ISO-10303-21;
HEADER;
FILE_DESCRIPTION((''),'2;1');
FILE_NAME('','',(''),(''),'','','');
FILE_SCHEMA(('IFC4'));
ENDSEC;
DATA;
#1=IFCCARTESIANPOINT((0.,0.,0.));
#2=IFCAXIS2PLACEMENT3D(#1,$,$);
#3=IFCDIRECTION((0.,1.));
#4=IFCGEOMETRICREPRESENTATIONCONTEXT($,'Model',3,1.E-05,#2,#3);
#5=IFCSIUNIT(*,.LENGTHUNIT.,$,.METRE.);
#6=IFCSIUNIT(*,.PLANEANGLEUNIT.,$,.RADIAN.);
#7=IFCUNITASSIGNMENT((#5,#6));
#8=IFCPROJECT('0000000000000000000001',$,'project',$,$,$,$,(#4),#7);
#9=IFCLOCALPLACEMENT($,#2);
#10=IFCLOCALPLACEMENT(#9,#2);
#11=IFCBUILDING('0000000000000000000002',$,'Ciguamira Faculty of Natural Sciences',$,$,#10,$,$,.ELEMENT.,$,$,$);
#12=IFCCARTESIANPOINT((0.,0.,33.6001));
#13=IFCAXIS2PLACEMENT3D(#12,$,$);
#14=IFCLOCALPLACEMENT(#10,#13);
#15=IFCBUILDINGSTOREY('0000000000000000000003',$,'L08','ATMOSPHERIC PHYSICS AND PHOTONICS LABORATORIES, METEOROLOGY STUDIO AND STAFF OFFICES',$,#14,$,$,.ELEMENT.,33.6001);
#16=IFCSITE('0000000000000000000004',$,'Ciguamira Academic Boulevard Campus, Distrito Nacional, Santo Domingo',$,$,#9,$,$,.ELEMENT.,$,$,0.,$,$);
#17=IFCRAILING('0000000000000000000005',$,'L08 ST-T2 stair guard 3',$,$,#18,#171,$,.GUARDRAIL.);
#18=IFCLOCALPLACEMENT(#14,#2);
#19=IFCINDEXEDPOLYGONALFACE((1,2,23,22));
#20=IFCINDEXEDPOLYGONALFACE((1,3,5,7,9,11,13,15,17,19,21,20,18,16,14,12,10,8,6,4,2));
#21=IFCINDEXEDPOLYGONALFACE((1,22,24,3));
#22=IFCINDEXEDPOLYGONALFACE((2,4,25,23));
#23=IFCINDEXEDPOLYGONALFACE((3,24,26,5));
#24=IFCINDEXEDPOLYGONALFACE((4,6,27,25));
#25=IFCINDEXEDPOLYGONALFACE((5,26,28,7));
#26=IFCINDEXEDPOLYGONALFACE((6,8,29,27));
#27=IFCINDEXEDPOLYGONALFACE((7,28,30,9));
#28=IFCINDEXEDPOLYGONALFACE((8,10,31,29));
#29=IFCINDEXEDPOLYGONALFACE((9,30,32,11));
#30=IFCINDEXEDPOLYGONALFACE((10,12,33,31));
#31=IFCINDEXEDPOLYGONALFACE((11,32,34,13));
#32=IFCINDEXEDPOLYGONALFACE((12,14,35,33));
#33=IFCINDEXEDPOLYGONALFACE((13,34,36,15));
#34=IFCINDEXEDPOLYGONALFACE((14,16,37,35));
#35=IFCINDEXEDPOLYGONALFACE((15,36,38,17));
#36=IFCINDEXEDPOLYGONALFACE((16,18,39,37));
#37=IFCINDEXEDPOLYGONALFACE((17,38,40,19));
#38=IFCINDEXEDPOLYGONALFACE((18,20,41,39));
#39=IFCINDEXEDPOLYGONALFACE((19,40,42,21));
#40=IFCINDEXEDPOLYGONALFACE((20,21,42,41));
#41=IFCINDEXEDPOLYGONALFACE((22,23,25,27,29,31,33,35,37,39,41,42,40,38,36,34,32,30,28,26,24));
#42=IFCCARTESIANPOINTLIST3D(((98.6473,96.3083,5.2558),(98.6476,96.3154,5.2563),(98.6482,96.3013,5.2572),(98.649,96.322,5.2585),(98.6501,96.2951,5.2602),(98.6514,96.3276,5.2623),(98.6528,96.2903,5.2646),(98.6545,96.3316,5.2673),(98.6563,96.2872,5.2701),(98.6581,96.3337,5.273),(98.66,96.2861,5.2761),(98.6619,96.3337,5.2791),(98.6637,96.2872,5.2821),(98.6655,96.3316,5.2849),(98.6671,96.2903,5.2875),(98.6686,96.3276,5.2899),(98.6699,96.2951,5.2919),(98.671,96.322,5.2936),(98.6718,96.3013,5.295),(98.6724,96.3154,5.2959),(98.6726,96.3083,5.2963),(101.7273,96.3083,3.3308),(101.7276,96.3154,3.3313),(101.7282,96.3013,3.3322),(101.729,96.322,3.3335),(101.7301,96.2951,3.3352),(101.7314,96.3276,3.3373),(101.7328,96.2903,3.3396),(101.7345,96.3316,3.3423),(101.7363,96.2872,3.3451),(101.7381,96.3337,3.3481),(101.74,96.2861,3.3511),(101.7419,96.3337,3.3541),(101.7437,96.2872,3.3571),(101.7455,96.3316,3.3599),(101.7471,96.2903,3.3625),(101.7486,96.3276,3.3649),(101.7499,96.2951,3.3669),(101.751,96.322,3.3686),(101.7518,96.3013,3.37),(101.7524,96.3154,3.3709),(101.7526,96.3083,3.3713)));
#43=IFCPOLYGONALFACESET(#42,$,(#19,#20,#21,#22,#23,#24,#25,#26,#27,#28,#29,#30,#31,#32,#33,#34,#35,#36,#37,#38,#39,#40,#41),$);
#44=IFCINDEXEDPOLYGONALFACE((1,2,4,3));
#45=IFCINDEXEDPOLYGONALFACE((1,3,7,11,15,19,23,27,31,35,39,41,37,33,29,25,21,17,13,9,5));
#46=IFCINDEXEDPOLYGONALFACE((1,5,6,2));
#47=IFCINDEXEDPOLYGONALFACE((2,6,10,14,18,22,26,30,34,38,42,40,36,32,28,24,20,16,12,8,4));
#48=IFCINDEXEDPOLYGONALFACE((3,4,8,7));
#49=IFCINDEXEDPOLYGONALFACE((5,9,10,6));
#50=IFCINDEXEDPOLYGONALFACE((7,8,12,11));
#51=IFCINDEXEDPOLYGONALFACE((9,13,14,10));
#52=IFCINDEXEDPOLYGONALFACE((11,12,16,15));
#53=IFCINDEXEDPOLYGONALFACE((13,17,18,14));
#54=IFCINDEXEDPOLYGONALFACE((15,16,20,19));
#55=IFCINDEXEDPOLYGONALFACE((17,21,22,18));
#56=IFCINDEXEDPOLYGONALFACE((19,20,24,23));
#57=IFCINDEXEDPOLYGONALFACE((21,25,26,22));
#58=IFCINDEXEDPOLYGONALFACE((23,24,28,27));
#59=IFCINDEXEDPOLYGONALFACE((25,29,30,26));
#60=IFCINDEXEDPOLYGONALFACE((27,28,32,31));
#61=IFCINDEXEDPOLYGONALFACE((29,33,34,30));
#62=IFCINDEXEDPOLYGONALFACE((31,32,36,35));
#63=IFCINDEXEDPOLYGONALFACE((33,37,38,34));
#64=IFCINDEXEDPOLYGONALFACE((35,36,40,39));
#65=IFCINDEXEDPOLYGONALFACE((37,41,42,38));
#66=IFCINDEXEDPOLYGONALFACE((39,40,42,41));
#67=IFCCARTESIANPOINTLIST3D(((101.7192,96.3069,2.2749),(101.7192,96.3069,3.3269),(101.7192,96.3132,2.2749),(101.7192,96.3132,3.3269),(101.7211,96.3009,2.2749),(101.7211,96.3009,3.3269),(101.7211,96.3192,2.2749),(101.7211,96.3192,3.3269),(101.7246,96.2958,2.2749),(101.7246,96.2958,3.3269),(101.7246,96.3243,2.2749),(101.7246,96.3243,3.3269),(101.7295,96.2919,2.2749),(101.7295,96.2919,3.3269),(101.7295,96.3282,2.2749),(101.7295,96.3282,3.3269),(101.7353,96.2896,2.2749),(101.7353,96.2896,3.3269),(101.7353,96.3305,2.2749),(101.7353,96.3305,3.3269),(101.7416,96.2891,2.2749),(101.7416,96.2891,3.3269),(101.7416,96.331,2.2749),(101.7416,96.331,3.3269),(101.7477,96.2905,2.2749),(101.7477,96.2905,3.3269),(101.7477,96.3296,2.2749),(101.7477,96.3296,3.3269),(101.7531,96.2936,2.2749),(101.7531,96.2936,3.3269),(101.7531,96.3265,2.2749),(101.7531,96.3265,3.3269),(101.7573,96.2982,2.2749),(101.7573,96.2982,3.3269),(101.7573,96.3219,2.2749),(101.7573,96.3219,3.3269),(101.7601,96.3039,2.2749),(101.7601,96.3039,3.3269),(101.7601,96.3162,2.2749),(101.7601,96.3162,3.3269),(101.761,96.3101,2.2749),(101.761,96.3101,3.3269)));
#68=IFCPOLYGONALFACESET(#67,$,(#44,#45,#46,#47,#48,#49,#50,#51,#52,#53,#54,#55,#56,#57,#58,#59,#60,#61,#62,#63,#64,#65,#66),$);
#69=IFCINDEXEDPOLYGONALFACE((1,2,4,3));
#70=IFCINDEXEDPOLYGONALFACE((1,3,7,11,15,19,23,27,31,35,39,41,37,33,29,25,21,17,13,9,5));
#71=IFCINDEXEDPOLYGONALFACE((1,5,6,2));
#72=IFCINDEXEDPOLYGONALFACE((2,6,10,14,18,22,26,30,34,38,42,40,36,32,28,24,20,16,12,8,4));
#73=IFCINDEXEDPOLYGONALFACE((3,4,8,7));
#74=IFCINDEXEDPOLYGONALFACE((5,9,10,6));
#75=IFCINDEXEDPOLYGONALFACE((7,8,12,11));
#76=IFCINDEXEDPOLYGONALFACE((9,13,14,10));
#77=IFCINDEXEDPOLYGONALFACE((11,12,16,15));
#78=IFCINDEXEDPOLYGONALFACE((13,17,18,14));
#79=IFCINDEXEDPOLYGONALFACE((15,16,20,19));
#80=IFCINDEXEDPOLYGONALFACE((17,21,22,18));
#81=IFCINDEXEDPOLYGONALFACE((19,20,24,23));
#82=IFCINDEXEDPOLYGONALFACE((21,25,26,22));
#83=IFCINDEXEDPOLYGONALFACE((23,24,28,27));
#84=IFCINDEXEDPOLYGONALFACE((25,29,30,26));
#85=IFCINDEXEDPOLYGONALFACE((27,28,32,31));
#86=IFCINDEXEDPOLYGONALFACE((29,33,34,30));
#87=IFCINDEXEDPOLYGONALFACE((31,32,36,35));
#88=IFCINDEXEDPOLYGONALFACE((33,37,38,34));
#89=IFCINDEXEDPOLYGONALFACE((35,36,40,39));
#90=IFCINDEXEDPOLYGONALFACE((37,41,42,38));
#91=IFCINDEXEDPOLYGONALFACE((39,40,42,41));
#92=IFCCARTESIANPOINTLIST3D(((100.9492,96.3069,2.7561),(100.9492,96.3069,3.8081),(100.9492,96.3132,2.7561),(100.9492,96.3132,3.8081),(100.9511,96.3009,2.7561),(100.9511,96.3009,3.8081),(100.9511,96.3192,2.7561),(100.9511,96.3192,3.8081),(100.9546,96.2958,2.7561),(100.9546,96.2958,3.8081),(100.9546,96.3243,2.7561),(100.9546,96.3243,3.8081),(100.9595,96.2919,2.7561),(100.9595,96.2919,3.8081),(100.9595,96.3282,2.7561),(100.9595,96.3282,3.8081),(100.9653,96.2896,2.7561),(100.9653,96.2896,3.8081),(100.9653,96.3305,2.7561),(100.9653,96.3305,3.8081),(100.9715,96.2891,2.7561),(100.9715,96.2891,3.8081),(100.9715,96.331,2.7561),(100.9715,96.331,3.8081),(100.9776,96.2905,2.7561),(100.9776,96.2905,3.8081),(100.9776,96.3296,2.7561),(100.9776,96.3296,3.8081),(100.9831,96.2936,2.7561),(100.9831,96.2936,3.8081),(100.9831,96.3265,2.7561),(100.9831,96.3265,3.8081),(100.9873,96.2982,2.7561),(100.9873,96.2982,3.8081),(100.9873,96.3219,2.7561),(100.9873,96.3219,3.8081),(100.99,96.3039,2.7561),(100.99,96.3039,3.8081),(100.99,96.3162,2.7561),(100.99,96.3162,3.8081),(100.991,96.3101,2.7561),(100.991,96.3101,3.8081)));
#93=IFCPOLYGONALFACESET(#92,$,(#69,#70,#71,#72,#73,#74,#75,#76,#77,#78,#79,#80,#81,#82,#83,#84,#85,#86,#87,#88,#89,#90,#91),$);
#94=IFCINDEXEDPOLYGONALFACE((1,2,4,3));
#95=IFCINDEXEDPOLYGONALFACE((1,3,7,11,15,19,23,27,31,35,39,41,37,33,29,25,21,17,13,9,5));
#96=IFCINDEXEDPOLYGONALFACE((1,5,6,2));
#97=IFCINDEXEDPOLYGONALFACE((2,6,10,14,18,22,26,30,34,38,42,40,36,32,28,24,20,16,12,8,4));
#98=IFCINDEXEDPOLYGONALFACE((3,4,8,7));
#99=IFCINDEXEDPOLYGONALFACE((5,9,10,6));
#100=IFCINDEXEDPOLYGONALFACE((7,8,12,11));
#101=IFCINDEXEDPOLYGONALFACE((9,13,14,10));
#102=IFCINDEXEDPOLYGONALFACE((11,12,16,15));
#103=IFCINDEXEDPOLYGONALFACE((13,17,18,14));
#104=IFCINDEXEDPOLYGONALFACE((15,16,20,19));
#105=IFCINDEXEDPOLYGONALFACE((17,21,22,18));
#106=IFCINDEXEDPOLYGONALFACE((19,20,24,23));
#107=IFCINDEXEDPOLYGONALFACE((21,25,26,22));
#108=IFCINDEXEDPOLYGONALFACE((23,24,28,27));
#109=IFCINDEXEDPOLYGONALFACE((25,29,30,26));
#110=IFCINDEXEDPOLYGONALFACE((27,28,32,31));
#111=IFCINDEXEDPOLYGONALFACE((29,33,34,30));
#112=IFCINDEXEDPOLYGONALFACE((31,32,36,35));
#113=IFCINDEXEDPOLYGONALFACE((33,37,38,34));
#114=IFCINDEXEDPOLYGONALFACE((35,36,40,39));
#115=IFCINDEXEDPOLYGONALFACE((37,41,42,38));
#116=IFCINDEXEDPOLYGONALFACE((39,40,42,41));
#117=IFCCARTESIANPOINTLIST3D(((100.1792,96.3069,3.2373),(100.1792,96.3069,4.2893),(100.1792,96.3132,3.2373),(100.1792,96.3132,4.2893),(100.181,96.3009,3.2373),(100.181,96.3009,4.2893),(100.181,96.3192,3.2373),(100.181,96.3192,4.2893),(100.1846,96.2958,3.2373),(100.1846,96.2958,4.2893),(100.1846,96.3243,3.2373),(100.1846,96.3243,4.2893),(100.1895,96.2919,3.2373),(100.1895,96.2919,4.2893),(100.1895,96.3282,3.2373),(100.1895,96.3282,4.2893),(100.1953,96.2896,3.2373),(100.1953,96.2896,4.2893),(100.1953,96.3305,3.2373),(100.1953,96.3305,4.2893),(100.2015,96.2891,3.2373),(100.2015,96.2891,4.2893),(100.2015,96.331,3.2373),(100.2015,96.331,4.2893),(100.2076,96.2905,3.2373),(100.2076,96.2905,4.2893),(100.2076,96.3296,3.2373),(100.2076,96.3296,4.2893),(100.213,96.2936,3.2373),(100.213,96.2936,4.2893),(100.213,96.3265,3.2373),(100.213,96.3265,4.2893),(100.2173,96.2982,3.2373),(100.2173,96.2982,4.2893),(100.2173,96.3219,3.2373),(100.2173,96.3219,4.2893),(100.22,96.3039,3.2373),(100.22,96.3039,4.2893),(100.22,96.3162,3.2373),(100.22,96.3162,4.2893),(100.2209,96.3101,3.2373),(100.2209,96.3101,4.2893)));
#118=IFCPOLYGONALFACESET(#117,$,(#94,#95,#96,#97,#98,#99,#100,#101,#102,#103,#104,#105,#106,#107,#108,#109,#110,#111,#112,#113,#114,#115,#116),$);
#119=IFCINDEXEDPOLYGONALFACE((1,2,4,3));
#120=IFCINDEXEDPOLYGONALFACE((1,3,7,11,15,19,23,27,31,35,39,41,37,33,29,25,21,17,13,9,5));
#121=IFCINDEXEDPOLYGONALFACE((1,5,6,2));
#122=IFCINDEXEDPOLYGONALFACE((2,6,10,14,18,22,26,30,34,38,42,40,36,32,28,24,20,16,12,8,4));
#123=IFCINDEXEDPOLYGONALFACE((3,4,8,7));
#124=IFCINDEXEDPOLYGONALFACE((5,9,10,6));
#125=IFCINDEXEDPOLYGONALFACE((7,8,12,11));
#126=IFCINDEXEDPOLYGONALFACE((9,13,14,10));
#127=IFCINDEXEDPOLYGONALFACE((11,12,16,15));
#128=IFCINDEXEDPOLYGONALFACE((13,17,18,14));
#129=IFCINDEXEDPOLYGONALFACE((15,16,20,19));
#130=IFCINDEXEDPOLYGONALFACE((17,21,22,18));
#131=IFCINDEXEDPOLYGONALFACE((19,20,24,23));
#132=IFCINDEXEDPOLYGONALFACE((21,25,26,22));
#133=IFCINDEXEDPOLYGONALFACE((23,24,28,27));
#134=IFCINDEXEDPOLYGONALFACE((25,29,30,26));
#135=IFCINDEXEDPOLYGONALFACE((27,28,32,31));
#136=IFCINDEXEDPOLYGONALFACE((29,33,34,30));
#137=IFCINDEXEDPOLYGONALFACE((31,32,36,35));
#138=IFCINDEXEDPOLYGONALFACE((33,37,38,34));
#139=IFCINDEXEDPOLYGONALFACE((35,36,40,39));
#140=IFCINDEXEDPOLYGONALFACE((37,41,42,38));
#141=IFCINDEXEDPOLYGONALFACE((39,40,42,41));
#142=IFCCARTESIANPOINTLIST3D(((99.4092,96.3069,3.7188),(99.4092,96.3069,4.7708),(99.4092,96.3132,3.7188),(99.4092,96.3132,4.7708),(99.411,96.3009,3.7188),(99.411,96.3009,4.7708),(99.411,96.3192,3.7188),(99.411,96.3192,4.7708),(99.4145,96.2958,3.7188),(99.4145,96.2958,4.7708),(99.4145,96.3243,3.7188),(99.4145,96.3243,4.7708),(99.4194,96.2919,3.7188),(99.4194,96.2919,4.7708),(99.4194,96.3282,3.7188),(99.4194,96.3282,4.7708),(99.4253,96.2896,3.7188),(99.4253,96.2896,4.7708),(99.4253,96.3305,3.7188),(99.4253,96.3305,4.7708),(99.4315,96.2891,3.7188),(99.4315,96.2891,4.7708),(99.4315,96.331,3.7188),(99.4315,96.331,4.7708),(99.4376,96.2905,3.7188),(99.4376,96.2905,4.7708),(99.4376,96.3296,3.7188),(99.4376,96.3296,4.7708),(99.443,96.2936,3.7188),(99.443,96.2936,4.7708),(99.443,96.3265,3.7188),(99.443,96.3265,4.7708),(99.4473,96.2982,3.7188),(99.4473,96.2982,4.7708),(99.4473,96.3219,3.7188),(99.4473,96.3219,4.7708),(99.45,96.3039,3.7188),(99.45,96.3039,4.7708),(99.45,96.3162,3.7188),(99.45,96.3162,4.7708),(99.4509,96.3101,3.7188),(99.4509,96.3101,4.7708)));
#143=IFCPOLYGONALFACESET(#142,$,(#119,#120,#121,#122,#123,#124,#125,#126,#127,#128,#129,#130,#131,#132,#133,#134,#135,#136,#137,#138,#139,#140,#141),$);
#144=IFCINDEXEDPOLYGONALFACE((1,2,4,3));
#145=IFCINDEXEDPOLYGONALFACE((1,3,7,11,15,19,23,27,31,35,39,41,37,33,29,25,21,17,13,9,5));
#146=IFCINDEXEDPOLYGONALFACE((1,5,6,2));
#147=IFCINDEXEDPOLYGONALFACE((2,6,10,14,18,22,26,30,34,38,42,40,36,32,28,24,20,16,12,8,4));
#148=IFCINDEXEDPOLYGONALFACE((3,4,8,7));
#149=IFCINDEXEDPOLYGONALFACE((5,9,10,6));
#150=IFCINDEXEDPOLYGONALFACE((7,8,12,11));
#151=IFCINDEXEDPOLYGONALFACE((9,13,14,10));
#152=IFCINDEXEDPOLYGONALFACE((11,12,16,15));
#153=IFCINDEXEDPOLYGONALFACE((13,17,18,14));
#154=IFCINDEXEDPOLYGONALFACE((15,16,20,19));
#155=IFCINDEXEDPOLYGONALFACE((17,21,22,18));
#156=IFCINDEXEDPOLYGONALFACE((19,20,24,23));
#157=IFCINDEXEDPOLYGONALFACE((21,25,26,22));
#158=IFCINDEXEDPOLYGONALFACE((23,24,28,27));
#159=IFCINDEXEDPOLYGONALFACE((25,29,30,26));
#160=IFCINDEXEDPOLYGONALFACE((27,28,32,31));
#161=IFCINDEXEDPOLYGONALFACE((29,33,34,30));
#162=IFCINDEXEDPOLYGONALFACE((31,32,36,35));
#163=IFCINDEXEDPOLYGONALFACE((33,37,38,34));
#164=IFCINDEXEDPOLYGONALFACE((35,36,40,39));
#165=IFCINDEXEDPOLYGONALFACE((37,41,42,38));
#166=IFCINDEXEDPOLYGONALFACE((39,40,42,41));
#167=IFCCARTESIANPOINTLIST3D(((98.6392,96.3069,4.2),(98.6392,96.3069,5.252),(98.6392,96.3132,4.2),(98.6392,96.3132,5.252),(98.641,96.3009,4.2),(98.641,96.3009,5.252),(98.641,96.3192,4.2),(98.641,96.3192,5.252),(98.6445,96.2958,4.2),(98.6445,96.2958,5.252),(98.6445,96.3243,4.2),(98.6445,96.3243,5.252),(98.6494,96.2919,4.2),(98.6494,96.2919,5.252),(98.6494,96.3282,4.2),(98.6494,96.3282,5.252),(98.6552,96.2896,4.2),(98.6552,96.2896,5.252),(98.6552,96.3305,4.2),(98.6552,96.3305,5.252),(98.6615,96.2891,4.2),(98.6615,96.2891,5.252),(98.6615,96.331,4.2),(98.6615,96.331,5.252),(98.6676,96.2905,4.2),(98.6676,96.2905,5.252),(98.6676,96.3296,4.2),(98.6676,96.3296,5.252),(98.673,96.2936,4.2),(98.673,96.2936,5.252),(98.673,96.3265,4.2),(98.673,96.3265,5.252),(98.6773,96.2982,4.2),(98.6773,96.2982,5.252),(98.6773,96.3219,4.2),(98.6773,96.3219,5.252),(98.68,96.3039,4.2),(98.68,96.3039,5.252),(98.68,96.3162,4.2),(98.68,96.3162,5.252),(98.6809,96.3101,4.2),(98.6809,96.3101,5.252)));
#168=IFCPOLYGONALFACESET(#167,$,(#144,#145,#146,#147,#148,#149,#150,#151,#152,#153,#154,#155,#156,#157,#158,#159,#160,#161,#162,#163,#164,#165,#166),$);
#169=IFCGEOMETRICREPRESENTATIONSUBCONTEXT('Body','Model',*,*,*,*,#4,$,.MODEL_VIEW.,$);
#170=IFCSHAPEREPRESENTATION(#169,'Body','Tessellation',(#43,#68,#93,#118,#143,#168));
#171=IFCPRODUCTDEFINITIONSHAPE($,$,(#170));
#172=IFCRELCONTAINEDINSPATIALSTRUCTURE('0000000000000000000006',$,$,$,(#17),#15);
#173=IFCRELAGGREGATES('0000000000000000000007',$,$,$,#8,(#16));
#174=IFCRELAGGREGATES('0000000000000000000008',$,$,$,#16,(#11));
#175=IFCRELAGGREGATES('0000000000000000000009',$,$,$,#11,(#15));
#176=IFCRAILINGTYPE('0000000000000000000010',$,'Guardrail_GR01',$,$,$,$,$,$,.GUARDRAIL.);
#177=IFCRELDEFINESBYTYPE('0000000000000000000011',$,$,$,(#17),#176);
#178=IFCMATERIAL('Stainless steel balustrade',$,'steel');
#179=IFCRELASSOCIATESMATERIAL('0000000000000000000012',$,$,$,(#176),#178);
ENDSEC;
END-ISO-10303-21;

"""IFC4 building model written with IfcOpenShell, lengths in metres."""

from ifc_helpers import new_model, si_unit, direction, frame, origin, origin_2d, place, context, subcontext, project, spatial, circle, extrude, material, type_object, element, save


model = new_model("IFC4")

# Units and contexts
model_context = context("Model", 3, precision=1e-05, world=origin(), true_north=direction((0.0, 1.0)))
body_context = subcontext(model_context, "Body", "Model", "MODEL_VIEW")
ifc_project = project(units=[si_unit("LENGTHUNIT", "METRE"), si_unit("PLANEANGLEUNIT", "RADIAN")], contexts=[model_context])

# Site, building, storey
site_placement = place(None, origin())
site = spatial("IfcSite", under=ifc_project, at=site_placement, Name="Ciguamira Academic Boulevard Campus, Distrito Nacional, Santo Domingo", CompositionType="ELEMENT", RefElevation=0.0)
building_placement = place(site_placement, origin())
building = spatial("IfcBuilding", under=site, at=building_placement, Name="Ciguamira Faculty of Natural Sciences", CompositionType="ELEMENT")
storey_placement = place(building_placement, frame((0.0, 0.0, 33.6001)))
storey = spatial("IfcBuildingStorey", under=building, at=storey_placement, Name="L08", Description="ATMOSPHERIC PHYSICS AND PHOTONICS LABORATORIES, METEOROLOGY STUDIO AND STAFF OFFICES", CompositionType="ELEMENT", Elevation=33.6001)

# Railing
ifc_material_1 = material(Name="Stainless steel balustrade", Category="steel")
railing_type_1 = type_object("IfcRailingType", Name="Guardrail_GR01", PredefinedType="GUARDRAIL", material=ifc_material_1)
railing_1_placement = place(storey_placement, frame((101.74, 96.3101, 2.2749)))
element("IfcRailing", 1, at=railing_1_placement, inside=storey, type_object=railing_type_1, Name="L08 ST-T2 stair guard 3", PredefinedType="GUARDRAIL", context=body_context, shape_type="SweptSolid", body=[
    extrude(circle(Radius=0.0239, at=origin_2d()), frame((0.0, 0.0, 1.0762), z_axis=(-0.847998, 0.0, 0.529999), x_axis=(0.0, -1.0, 0.0)), (0.0, 0.0, 1.0), 3.6321),
    extrude(circle(Radius=0.021, at=origin_2d()), origin(), (0.0, 0.0, 1.0), 1.052),
    extrude(circle(Radius=0.021, at=origin_2d()), frame((-0.77, 0.0, 0.4812)), (0.0, 0.0, 1.0), 1.052),
    extrude(circle(Radius=0.021, at=origin_2d()), frame((-1.54, 0.0, 0.9624)), (0.0, 0.0, 1.0), 1.052),
    extrude(circle(Radius=0.021, at=origin_2d()), frame((-2.3101, 0.0, 1.4438)), (0.0, 0.0, 1.0), 1.052),
    extrude(circle(Radius=0.021, at=origin_2d()), frame((-3.0801, 0.0, 1.925)), (0.0, 0.0, 1.0), 1.052),
])

save(model, "model.ifc")
